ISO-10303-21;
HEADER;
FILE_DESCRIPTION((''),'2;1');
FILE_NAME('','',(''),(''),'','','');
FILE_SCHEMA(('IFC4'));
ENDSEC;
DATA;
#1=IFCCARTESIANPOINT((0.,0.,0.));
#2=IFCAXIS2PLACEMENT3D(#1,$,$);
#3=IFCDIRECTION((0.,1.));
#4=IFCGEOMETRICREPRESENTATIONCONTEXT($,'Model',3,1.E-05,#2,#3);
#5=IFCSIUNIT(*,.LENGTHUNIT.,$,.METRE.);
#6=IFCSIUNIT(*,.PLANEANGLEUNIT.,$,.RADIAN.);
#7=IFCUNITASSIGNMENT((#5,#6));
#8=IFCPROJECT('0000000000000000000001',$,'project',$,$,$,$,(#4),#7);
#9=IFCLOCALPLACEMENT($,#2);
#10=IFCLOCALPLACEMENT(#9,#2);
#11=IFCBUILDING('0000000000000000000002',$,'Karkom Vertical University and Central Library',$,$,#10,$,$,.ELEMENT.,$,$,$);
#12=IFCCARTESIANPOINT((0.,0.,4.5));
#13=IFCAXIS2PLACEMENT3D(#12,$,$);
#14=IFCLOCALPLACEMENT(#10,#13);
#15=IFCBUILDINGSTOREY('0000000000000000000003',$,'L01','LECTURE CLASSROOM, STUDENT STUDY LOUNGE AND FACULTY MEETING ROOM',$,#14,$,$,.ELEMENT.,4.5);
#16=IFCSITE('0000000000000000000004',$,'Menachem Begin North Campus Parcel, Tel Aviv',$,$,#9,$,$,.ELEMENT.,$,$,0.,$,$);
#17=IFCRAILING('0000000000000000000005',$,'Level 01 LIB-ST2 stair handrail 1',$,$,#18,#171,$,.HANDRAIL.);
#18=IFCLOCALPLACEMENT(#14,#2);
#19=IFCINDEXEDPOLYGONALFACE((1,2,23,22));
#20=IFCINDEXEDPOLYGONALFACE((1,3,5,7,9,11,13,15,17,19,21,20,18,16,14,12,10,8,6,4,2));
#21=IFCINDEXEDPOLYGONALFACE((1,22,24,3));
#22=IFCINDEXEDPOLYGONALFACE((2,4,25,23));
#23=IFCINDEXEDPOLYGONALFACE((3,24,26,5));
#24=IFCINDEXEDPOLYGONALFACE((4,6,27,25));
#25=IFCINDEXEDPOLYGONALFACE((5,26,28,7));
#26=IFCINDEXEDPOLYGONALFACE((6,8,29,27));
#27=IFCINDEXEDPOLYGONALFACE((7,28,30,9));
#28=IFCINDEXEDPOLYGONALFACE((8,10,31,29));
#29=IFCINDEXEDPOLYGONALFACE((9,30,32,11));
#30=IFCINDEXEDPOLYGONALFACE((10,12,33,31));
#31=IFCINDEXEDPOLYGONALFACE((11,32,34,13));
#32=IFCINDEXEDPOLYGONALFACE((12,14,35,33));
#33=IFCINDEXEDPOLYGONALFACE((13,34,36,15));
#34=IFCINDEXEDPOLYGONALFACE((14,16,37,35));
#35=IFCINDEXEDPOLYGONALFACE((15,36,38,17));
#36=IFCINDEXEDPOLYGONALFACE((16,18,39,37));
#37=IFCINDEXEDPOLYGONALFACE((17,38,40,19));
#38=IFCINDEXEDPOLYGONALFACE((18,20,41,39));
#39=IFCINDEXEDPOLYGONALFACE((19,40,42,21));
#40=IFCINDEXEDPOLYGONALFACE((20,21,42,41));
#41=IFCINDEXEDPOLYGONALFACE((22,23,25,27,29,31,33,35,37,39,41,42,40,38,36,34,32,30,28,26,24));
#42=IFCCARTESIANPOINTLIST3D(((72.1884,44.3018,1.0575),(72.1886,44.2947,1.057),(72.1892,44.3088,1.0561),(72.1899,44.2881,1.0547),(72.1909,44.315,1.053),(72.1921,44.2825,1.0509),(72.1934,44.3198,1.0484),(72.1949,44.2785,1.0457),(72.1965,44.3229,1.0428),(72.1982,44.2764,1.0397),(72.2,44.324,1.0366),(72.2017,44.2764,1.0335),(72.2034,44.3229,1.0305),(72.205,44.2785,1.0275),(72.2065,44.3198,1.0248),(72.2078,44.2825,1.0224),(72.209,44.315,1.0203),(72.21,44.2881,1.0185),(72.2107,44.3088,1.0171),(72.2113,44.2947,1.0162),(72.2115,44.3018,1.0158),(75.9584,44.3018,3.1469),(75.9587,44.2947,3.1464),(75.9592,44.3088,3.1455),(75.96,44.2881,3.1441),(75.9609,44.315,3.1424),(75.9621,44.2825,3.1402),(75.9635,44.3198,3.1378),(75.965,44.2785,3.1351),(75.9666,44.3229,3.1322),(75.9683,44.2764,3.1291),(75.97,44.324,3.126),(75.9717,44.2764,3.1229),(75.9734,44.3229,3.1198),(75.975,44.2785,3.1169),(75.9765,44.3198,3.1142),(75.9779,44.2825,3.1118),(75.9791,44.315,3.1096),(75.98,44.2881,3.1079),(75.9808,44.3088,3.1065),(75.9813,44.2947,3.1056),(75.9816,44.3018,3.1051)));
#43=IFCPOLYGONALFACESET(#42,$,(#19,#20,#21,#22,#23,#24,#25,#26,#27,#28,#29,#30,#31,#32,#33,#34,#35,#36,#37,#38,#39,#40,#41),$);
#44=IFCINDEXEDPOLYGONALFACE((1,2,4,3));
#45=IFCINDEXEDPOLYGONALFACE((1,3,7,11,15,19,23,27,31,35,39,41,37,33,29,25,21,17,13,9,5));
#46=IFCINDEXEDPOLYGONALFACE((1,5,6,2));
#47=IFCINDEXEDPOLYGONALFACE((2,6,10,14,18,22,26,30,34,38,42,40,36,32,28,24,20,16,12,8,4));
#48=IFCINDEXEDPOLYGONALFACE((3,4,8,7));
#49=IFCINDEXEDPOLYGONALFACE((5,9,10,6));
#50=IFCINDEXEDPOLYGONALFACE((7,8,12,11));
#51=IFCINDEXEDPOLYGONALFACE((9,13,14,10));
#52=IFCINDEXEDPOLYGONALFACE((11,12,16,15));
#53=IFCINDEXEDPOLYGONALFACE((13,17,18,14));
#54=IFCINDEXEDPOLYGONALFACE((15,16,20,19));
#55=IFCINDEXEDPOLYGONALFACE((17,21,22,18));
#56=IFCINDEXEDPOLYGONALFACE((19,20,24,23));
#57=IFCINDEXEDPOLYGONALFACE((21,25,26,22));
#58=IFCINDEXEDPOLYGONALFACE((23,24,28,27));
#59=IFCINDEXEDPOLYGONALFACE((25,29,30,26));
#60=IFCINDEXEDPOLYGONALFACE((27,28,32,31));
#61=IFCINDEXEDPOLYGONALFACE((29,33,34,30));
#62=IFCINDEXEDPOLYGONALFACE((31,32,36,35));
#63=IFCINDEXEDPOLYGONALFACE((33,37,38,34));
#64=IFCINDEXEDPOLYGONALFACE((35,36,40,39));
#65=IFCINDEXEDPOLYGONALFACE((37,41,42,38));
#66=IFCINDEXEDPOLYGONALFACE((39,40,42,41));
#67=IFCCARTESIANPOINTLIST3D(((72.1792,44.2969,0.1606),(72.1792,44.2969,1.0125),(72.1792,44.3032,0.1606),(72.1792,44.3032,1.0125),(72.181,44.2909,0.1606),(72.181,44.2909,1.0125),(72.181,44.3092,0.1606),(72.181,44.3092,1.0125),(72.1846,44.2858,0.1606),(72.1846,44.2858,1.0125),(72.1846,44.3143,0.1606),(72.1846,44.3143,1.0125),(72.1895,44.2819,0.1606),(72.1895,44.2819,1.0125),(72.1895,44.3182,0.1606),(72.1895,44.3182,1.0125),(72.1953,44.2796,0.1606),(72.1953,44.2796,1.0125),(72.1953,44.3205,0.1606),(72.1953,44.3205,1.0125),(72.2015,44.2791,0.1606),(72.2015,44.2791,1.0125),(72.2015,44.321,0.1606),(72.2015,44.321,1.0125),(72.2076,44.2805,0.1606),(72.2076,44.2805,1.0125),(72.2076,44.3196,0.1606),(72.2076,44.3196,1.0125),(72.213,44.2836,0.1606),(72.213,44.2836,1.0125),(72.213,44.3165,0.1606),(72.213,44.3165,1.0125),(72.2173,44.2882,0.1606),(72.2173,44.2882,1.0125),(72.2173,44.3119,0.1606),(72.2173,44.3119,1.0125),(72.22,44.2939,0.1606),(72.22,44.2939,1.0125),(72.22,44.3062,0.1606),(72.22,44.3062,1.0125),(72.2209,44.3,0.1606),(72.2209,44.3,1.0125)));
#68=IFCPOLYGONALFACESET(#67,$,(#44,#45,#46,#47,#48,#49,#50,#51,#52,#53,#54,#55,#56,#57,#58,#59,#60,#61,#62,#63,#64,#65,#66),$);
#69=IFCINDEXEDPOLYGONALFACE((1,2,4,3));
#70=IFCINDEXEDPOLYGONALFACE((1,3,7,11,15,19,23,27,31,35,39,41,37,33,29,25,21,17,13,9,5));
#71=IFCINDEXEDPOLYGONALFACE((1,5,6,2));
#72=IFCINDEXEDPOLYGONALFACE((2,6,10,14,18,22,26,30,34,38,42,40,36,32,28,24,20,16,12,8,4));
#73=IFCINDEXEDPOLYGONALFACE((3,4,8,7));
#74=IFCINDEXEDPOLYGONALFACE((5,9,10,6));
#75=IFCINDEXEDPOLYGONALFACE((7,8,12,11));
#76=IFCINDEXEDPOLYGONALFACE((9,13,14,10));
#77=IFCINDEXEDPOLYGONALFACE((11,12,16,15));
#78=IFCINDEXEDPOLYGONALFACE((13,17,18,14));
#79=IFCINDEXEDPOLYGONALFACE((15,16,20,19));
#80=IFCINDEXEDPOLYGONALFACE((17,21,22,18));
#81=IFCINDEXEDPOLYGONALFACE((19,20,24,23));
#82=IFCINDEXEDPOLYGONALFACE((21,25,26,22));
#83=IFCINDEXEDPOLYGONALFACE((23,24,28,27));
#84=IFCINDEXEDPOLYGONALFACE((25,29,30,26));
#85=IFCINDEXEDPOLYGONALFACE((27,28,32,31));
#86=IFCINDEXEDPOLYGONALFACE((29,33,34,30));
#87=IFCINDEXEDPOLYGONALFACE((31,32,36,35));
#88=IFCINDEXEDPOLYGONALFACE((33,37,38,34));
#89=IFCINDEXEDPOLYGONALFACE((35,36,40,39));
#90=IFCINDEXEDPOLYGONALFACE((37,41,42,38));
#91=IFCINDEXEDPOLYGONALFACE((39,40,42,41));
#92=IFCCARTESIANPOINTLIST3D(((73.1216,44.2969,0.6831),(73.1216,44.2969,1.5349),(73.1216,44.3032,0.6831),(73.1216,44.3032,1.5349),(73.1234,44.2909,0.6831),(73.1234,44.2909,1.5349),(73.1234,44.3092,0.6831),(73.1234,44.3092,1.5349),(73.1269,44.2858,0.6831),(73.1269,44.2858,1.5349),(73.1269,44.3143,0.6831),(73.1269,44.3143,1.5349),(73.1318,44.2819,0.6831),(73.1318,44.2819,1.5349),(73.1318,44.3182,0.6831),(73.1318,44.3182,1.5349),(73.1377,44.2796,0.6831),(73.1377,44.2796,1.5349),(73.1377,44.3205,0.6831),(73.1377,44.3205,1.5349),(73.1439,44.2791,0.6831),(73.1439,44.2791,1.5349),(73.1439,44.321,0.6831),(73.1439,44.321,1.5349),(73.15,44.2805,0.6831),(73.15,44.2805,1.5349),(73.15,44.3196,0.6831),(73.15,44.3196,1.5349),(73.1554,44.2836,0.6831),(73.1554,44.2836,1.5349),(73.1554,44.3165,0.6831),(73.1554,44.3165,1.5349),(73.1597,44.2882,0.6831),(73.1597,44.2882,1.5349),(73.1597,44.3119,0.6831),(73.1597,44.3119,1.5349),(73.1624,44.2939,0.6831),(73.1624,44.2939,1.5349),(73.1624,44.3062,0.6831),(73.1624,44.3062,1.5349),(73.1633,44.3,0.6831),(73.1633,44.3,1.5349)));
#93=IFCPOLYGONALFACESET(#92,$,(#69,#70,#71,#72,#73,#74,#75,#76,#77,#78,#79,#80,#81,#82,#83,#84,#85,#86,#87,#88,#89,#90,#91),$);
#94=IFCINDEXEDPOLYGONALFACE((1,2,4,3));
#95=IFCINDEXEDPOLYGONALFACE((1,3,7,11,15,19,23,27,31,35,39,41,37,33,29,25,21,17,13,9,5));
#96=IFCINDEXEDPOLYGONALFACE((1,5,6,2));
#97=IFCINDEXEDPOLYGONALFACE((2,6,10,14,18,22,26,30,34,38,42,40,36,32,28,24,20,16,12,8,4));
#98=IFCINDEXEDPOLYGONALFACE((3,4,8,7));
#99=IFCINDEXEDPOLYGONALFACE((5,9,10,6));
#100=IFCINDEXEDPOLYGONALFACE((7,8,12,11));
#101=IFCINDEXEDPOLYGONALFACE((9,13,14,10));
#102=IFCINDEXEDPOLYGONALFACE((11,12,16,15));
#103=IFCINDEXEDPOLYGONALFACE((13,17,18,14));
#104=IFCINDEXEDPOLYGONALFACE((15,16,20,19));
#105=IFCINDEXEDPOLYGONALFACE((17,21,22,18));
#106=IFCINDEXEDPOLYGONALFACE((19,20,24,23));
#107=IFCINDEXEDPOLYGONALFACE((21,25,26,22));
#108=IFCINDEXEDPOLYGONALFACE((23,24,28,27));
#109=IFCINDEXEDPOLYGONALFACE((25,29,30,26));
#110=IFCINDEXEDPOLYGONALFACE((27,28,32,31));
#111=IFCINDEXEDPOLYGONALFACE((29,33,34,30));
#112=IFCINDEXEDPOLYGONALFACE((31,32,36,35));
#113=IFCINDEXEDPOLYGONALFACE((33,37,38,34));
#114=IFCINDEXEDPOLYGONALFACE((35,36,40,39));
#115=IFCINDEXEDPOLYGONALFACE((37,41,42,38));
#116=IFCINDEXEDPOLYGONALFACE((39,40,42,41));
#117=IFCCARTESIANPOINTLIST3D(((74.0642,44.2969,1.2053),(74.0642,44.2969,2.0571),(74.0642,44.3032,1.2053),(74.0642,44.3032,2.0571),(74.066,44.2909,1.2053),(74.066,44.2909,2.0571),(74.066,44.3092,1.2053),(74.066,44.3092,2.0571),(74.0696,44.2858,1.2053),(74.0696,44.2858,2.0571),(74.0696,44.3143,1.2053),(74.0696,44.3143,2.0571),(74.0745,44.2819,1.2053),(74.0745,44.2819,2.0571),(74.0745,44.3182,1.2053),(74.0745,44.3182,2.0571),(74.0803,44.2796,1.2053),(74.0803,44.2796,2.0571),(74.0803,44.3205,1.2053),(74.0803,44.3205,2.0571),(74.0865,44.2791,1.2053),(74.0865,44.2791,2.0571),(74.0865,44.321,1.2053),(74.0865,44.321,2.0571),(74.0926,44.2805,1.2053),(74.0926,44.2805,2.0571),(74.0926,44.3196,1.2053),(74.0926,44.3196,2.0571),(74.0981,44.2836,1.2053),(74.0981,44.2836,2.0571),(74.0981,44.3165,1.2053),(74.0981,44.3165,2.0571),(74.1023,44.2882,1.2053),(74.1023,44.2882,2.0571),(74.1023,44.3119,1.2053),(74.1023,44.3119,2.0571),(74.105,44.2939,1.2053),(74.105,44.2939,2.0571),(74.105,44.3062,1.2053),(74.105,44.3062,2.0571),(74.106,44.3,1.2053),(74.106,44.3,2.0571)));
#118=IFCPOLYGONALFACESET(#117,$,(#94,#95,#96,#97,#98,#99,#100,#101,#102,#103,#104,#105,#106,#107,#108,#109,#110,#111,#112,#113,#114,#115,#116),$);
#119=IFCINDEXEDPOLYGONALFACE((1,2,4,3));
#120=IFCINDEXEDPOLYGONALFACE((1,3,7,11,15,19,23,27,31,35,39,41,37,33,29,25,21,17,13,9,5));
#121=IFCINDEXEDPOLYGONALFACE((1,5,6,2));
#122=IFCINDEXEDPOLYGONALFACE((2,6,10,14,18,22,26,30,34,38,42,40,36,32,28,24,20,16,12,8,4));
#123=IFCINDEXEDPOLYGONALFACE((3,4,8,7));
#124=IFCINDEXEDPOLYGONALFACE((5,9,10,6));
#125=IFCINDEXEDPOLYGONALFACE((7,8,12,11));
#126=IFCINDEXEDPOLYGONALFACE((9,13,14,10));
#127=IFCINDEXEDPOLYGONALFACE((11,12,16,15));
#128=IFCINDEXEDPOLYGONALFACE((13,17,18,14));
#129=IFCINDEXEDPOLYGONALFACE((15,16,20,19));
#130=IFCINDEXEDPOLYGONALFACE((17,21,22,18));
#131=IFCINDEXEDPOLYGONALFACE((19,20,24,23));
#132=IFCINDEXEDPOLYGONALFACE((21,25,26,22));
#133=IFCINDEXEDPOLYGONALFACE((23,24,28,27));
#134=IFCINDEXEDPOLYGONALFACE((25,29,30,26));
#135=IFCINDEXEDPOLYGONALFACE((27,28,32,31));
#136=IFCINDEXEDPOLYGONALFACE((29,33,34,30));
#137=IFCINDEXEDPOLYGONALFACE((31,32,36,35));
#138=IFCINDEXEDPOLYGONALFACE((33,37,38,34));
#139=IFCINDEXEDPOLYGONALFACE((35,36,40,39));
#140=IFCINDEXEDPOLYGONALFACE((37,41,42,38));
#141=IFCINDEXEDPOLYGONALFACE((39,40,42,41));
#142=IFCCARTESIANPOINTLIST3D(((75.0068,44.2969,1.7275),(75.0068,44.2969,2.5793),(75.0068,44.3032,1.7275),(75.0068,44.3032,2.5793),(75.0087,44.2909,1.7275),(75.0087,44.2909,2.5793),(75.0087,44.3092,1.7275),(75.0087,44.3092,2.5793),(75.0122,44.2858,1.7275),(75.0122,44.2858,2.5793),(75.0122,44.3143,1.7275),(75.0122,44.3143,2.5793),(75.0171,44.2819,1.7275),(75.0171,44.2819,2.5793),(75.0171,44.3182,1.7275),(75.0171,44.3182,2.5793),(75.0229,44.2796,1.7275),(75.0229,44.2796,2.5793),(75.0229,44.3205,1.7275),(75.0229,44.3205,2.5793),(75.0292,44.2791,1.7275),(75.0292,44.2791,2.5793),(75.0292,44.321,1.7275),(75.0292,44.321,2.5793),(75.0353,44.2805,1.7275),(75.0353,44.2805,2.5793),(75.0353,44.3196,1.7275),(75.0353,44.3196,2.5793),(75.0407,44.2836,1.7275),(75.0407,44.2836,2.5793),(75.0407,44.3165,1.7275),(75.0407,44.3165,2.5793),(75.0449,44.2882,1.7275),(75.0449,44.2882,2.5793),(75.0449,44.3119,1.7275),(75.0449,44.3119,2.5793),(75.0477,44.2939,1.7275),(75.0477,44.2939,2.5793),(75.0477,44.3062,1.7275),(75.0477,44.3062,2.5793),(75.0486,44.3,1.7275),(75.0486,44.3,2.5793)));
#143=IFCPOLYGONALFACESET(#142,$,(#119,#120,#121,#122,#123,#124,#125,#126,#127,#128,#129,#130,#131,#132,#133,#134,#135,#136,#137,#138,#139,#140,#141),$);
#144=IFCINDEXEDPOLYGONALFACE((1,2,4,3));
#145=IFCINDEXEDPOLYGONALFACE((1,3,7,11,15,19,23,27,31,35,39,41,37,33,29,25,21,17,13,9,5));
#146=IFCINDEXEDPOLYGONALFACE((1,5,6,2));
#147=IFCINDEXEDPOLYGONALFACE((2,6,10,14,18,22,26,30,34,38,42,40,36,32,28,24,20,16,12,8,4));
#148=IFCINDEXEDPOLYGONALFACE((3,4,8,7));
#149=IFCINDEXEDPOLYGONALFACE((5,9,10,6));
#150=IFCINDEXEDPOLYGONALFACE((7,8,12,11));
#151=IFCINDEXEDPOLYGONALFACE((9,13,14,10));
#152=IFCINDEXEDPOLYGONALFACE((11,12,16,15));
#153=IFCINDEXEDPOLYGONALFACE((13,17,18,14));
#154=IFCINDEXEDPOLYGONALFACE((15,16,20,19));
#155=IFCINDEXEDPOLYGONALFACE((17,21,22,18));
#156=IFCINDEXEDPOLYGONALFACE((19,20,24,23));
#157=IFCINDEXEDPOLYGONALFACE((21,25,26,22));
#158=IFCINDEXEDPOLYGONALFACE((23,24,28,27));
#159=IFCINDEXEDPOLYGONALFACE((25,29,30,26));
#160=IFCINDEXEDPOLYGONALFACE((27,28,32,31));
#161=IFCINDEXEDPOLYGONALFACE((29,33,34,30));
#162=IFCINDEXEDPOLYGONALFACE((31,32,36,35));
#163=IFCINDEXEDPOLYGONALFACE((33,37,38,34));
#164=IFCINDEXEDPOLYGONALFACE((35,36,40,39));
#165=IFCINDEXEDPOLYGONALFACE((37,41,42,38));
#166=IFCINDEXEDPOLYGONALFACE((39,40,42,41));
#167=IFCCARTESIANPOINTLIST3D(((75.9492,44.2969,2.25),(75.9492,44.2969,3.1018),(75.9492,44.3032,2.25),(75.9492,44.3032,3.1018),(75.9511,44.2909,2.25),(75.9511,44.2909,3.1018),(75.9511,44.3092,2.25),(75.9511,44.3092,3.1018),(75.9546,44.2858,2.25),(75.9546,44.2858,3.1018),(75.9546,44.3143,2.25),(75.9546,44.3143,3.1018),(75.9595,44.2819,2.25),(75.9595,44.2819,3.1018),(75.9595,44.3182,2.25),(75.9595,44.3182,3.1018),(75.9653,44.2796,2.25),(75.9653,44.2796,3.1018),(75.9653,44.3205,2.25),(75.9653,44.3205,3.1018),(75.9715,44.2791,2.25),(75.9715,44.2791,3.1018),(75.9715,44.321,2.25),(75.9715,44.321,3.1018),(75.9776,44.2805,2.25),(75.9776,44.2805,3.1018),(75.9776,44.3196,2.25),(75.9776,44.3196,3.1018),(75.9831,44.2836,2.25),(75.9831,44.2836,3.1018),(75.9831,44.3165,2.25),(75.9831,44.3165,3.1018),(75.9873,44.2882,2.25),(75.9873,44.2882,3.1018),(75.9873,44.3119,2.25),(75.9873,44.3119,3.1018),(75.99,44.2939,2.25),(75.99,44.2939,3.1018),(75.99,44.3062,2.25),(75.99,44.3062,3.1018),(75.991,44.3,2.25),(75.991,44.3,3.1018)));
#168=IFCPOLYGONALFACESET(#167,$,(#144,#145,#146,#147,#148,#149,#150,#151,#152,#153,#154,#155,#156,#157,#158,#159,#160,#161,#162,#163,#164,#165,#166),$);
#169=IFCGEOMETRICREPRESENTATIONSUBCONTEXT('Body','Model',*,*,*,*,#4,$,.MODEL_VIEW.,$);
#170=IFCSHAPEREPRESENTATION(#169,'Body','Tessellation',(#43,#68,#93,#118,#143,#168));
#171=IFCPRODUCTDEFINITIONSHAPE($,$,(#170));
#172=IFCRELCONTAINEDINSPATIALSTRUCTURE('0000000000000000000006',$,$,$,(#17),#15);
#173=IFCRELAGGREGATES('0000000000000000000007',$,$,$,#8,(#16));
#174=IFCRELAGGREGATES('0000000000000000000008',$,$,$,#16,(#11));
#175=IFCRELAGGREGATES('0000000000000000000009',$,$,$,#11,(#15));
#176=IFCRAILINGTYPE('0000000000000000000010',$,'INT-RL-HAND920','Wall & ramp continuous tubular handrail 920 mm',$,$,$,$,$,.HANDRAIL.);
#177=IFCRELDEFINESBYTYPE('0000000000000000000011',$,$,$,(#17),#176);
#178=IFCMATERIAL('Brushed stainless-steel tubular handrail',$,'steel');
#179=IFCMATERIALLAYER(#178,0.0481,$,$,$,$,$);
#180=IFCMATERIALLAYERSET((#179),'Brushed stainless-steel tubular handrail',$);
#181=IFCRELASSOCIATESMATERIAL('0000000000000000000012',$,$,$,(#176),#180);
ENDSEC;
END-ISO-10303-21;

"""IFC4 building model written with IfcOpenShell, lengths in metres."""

from ifc_helpers import new_model, si_unit, direction, frame, origin, origin_2d, place, context, subcontext, project, spatial, circle, extrude, material, layer, layer_set, type_object, element, save


model = new_model("IFC4")

# Units and contexts
model_context = context("Model", 3, precision=1e-05, world=origin(), true_north=direction((0.0, 1.0)))
body_context = subcontext(model_context, "Body", "Model", "MODEL_VIEW")
ifc_project = project(units=[si_unit("LENGTHUNIT", "METRE"), si_unit("PLANEANGLEUNIT", "RADIAN")], contexts=[model_context])

# Site, building, storey
site_placement = place(None, origin())
site = spatial("IfcSite", under=ifc_project, at=site_placement, Name="Menachem Begin North Campus Parcel, Tel Aviv", CompositionType="ELEMENT", RefElevation=0.0)
building_placement = place(site_placement, origin())
building = spatial("IfcBuilding", under=site, at=building_placement, Name="Karkom Vertical University and Central Library", CompositionType="ELEMENT")
storey_placement = place(building_placement, frame((0.0, 0.0, 4.5)))
storey = spatial("IfcBuildingStorey", under=building, at=storey_placement, Name="L01", Description="LECTURE CLASSROOM, STUDENT STUDY LOUNGE AND FACULTY MEETING ROOM", CompositionType="ELEMENT", Elevation=4.5)

# Railing
ifc_material_1 = material(Name="Brushed stainless-steel tubular handrail", Category="steel")
ifc_layer_1 = layer(ifc_material_1, 0.0481)
ifc_layer_set_1 = layer_set([ifc_layer_1], Name="Brushed stainless-steel tubular handrail")
railing_type_1 = type_object("IfcRailingType", Name="INT-RL-HAND920", Description="Wall & ramp continuous tubular handrail 920 mm", PredefinedType="HANDRAIL", material=ifc_layer_set_1)
railing_1_placement = place(storey_placement, frame((72.2, 44.3, 0.1606)))
element("IfcRailing", 1, at=railing_1_placement, inside=storey, type_object=railing_type_1, Name="Level 01 LIB-ST2 stair handrail 1", PredefinedType="HANDRAIL", context=body_context, shape_type="SweptSolid", body=[
    extrude(circle(Radius=0.0239, at=origin_2d()), frame((0.0, 0.0, 0.876), z_axis=(0.874659, 0.0, 0.484739), x_axis=(0.0, 1.0, 0.0)), (0.0, 0.0, 1.0), 4.3103),
    extrude(circle(Radius=0.021, at=origin_2d()), origin(), (0.0, 0.0, 1.0), 0.8518),
    extrude(circle(Radius=0.021, at=origin_2d()), frame((0.9424, 0.0, 0.5225)), (0.0, 0.0, 1.0), 0.8518),
    extrude(circle(Radius=0.021, at=origin_2d()), frame((1.885, 0.0, 1.0447)), (0.0, 0.0, 1.0), 0.8518),
    extrude(circle(Radius=0.021, at=origin_2d()), frame((2.8276, 0.0, 1.5669)), (0.0, 0.0, 1.0), 0.8518),
    extrude(circle(Radius=0.021, at=origin_2d()), frame((3.77, 0.0, 2.0894)), (0.0, 0.0, 1.0), 0.8518),
])

save(model, "model.ifc")
